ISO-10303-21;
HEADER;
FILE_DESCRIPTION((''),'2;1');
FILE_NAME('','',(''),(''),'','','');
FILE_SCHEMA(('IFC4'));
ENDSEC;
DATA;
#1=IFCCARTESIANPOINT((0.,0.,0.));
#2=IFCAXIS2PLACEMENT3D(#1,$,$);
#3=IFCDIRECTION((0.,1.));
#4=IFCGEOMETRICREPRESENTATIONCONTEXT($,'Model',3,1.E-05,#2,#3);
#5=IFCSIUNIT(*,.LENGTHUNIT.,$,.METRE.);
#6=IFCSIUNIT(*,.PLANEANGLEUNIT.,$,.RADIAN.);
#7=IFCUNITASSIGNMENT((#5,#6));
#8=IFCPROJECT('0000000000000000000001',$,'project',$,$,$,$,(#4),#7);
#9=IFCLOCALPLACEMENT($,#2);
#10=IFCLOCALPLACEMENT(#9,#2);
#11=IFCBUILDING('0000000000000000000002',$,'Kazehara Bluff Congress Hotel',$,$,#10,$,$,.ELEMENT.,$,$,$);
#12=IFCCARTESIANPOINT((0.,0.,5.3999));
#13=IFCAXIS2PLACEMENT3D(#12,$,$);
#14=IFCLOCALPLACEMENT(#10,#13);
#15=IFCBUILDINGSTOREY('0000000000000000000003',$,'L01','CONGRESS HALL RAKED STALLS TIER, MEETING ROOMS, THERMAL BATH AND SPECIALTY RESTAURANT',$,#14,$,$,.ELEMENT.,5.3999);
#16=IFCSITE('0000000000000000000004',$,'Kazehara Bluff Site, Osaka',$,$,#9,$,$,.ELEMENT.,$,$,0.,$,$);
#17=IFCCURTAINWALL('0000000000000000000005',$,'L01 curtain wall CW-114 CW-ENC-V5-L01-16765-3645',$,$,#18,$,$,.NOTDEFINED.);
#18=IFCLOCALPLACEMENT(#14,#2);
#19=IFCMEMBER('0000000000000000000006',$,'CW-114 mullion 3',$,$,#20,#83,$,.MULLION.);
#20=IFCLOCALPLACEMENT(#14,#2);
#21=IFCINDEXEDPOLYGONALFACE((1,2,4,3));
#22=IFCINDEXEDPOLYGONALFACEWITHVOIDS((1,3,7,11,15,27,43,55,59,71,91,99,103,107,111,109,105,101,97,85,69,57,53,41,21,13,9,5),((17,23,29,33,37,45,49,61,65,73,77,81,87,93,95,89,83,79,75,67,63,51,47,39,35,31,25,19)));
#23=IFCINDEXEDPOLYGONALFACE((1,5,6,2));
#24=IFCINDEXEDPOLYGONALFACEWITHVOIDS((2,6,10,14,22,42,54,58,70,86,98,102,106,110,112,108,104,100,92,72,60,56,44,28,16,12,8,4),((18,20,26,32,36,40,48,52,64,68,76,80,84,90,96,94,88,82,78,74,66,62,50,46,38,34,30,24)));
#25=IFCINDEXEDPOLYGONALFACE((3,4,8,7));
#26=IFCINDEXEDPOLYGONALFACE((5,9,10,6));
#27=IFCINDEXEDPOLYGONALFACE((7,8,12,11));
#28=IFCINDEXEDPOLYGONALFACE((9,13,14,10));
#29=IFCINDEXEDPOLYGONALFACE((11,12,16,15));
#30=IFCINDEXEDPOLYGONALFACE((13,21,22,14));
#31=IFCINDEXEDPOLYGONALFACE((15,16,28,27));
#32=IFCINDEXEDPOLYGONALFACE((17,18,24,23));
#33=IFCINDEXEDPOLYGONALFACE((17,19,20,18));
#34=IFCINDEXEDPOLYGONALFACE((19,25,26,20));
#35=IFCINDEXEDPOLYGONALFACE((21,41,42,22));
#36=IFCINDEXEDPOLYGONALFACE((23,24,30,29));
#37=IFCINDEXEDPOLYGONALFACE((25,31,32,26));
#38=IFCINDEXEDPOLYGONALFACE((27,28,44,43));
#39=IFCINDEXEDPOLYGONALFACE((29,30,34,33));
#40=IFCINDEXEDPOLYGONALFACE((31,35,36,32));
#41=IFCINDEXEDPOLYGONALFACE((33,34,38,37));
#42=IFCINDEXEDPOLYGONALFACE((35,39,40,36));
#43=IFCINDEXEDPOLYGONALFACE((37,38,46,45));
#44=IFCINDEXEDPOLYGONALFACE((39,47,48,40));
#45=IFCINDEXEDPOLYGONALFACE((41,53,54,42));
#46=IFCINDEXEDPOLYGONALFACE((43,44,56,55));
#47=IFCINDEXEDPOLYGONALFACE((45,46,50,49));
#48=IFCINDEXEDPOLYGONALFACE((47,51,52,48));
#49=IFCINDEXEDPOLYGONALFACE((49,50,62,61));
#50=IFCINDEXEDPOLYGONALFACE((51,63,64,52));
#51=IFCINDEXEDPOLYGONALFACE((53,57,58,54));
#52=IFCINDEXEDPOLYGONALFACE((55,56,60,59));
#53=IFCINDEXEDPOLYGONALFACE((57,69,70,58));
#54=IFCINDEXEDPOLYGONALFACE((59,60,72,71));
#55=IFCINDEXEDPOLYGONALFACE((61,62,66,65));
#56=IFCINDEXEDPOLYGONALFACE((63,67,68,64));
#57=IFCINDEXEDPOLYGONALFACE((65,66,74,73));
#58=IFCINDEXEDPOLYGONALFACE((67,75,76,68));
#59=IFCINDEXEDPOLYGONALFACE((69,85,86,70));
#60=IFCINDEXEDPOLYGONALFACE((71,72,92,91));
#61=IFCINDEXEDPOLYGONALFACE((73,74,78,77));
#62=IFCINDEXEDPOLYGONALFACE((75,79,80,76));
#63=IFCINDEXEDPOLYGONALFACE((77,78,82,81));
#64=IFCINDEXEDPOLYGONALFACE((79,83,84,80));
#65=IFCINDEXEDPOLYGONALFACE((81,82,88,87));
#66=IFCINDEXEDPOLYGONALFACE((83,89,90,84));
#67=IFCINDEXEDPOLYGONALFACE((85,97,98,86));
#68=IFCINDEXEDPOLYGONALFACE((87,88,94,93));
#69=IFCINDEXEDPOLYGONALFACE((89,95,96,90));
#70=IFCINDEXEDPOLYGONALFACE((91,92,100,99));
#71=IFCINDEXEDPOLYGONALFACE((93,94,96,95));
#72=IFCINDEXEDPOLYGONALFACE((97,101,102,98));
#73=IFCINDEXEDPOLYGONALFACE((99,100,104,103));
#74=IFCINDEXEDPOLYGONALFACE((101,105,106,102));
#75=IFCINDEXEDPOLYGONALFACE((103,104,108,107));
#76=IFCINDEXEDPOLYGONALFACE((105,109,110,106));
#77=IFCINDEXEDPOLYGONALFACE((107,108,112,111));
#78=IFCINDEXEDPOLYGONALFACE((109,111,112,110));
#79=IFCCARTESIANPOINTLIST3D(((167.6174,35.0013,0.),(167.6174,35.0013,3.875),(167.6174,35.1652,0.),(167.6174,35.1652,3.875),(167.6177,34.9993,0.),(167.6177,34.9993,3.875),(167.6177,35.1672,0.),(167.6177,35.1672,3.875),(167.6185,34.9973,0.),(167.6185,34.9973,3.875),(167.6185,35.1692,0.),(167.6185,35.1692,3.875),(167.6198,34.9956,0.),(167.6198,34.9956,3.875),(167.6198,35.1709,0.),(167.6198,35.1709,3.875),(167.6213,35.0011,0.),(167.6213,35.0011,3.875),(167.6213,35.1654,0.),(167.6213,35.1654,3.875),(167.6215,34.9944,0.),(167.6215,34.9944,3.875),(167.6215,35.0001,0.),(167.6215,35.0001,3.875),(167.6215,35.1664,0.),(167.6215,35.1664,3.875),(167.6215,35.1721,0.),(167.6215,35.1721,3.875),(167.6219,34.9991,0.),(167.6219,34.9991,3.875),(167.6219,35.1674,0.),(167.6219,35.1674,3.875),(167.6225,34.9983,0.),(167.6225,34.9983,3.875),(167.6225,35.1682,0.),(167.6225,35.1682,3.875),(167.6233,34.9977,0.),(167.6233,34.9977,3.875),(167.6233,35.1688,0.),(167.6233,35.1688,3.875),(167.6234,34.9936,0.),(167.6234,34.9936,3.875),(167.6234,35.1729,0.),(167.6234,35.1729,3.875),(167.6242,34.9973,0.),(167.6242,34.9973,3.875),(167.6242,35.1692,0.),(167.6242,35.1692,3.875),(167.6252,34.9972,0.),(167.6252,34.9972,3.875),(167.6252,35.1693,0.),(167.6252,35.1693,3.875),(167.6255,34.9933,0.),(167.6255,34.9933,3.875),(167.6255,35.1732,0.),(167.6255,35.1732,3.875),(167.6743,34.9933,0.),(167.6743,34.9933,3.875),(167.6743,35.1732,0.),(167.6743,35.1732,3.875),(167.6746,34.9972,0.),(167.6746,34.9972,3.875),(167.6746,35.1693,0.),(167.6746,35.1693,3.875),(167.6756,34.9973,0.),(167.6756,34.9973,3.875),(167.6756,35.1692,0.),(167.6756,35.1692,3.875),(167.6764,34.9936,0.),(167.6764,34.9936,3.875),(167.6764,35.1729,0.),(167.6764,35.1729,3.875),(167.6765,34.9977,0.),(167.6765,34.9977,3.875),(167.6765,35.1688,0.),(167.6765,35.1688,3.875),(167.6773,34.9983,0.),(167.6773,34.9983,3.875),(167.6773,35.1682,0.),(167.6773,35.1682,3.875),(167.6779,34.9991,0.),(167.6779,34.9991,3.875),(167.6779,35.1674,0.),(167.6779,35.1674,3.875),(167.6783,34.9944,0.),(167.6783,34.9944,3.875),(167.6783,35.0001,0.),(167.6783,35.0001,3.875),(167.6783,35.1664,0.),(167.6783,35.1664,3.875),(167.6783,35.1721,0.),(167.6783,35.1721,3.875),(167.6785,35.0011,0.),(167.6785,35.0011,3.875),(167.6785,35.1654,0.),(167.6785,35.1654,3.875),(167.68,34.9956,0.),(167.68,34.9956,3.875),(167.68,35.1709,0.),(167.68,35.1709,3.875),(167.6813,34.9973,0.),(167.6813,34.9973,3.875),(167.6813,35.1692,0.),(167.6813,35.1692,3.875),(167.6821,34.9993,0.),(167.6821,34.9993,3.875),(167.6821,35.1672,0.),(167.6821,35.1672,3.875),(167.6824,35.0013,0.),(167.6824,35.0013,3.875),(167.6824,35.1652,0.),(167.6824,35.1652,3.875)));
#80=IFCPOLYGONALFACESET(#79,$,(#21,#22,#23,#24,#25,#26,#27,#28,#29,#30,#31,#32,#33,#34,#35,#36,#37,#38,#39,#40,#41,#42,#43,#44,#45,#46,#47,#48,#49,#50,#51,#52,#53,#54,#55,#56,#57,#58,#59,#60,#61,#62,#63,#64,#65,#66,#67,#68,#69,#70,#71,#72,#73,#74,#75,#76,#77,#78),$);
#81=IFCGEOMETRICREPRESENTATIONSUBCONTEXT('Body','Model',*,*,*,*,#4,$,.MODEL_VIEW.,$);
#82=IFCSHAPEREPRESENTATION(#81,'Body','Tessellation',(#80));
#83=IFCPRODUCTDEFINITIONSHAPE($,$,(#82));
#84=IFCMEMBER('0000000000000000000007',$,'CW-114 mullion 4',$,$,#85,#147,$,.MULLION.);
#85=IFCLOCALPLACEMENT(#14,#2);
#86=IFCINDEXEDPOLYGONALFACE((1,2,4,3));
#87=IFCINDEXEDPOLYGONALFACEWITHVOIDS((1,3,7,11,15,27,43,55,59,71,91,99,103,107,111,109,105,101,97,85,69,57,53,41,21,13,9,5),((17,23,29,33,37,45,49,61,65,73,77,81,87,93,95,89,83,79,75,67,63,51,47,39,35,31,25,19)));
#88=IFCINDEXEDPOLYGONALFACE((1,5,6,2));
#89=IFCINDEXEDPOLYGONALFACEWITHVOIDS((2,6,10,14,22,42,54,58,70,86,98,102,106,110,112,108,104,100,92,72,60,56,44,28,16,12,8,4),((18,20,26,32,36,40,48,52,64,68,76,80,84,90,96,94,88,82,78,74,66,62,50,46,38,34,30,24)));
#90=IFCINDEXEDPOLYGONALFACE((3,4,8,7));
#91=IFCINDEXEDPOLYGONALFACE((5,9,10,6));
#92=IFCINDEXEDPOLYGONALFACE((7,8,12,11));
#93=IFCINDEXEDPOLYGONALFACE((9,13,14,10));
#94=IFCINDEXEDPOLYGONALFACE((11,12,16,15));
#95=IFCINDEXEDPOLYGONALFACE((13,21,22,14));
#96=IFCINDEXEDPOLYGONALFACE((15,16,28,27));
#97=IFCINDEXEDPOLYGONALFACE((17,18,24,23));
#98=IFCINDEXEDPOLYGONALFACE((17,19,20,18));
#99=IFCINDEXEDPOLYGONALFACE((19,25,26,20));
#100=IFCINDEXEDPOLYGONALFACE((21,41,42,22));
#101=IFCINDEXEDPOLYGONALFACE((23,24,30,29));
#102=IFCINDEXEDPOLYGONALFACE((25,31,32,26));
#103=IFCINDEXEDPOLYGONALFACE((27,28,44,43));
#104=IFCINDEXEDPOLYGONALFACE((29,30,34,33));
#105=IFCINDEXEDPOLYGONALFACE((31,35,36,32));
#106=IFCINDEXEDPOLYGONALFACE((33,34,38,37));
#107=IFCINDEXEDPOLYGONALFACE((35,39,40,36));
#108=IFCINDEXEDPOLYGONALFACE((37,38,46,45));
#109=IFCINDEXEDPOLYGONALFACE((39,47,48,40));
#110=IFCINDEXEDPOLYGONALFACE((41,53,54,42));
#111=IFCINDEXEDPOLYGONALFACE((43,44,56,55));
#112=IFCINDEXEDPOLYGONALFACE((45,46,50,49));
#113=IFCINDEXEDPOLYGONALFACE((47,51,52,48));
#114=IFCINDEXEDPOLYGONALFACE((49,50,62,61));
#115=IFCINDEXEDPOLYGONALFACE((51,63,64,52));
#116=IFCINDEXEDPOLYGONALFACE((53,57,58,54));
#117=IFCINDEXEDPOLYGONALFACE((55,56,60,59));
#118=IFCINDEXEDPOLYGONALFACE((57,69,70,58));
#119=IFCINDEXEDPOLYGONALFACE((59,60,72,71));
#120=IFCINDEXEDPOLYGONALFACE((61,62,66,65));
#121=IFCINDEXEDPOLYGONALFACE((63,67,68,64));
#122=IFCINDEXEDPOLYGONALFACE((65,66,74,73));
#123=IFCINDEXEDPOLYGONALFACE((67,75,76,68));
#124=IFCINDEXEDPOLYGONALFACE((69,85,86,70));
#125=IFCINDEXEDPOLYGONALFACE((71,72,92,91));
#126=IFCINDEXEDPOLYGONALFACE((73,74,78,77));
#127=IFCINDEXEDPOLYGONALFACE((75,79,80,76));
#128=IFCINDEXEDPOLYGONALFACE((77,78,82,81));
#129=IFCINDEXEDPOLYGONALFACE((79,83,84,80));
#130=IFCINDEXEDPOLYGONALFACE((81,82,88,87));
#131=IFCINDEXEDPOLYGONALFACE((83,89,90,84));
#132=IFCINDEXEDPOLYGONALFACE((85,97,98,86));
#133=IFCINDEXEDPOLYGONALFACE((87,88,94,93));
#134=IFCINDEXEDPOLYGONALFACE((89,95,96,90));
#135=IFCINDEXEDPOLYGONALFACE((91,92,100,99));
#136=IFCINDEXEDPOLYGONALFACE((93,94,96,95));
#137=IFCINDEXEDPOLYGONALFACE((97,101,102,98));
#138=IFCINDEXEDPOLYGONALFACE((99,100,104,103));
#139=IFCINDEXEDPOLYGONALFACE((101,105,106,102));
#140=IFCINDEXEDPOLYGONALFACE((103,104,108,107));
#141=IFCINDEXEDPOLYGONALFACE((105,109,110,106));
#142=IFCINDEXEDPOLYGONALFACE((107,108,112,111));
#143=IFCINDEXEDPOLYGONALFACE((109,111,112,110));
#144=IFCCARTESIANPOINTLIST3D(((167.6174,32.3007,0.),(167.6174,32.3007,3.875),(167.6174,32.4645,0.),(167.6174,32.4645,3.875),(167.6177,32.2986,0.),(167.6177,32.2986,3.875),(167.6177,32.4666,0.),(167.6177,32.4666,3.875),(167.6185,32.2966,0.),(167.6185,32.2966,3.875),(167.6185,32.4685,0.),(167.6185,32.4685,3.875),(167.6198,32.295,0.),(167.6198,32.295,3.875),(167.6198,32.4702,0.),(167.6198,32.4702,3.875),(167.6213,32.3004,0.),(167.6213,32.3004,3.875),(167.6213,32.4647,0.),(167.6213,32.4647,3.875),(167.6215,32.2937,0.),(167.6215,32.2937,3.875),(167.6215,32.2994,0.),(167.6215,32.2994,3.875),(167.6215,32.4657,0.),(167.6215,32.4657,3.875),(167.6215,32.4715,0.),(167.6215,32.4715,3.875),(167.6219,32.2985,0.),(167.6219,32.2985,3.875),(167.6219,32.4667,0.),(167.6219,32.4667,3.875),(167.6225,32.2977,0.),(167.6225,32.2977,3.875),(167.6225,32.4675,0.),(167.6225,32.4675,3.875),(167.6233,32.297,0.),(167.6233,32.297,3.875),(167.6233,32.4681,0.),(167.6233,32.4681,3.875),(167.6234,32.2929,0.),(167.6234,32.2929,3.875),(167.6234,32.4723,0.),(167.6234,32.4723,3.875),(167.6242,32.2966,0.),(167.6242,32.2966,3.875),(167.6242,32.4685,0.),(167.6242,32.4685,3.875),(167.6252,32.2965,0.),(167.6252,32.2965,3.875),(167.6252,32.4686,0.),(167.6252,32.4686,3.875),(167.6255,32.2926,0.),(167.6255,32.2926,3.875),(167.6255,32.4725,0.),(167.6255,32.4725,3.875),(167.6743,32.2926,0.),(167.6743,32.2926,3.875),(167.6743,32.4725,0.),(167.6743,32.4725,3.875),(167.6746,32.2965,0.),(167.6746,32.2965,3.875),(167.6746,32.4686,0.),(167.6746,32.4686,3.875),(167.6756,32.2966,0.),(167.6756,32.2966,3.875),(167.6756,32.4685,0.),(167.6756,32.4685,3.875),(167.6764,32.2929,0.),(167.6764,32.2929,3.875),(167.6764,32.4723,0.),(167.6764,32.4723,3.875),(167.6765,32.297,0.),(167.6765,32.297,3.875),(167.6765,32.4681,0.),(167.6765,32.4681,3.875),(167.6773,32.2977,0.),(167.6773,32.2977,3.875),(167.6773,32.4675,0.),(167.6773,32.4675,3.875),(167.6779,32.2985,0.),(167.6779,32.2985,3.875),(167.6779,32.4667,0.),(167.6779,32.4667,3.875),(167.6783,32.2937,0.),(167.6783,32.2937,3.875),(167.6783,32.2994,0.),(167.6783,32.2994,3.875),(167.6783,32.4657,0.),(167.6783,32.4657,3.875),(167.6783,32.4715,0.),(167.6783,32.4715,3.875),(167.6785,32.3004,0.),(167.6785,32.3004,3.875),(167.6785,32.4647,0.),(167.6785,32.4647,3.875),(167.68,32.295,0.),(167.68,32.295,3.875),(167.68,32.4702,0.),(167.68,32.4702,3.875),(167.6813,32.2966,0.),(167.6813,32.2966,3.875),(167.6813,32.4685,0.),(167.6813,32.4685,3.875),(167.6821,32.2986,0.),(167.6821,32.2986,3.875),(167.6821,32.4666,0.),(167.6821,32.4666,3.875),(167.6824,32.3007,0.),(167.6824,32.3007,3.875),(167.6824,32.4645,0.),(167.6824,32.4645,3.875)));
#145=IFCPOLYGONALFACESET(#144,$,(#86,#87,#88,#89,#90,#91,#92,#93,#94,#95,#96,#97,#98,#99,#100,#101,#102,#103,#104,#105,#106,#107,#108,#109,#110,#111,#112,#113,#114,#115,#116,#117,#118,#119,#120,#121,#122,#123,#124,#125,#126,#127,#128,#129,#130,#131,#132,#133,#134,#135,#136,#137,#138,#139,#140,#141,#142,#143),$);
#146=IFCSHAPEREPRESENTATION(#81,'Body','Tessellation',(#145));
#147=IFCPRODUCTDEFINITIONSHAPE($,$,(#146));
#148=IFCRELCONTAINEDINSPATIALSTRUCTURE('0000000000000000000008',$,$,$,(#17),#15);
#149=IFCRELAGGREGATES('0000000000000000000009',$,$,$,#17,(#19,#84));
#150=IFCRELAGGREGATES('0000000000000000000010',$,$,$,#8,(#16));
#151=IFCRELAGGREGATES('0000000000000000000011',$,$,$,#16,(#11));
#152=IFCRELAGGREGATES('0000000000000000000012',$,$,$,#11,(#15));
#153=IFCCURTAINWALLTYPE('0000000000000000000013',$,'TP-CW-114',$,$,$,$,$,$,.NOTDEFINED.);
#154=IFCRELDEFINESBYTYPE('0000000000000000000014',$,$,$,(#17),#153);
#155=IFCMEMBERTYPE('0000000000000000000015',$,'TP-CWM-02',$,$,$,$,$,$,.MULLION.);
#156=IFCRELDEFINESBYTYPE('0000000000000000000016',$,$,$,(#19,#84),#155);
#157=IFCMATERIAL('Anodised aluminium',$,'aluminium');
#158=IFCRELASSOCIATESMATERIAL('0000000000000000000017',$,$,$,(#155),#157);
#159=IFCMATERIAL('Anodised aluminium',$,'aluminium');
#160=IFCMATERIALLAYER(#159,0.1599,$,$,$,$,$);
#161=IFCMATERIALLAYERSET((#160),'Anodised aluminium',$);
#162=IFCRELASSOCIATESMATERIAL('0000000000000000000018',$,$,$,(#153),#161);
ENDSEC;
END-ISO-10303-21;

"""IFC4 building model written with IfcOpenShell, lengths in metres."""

from ifc_helpers import new_model, si_unit, direction, frame, origin, origin_2d, place, context, subcontext, project, spatial, hollow_rectangle, extrude, material, layer, layer_set, material_profile, profile_set, type_object, element, aggregate, save


model = new_model("IFC4")

# Units and contexts
model_context = context("Model", 3, precision=1e-05, world=origin(), true_north=direction((0.0, 1.0)))
body_context = subcontext(model_context, "Body", "Model", "MODEL_VIEW")
ifc_project = project(units=[si_unit("LENGTHUNIT", "METRE"), si_unit("PLANEANGLEUNIT", "RADIAN")], contexts=[model_context])

# Site, building, storey
site_placement = place(None, origin())
site = spatial("IfcSite", under=ifc_project, at=site_placement, Name="Kazehara Bluff Site, Osaka", CompositionType="ELEMENT", RefElevation=0.0)
building_placement = place(site_placement, origin())
building = spatial("IfcBuilding", under=site, at=building_placement, Name="Kazehara Bluff Congress Hotel", CompositionType="ELEMENT")
storey_placement = place(building_placement, frame((0.0, 0.0, 5.3999)))
storey = spatial("IfcBuildingStorey", under=building, at=storey_placement, Name="L01", Description="CONGRESS HALL RAKED STALLS TIER, MEETING ROOMS, THERMAL BATH AND SPECIALTY RESTAURANT", CompositionType="ELEMENT", Elevation=5.3999)

# Curtain wall, members
ifc_material_1 = material(Name="Anodised aluminium", Category="aluminium")
ifc_material_profile_1 = material_profile(ifc_material_1, hollow_rectangle(XDim=0.0649, YDim=0.1799, WallThickness=0.0039, InnerFilletRadius=0.0039, OuterFilletRadius=0.0081, at=origin_2d()))
ifc_profile_set_1 = profile_set([ifc_material_profile_1], Name="Anodised aluminium")
member_type_1 = type_object("IfcMemberType", Name="TP-CWM-02", PredefinedType="MULLION", material=ifc_profile_set_1)
ifc_material_2 = material(Name="Anodised aluminium", Category="aluminium")
ifc_layer_1 = layer(ifc_material_2, 0.1599)
ifc_layer_set_1 = layer_set([ifc_layer_1], Name="Anodised aluminium")
curtain_wall_type_1 = type_object("IfcCurtainWallType", Name="TP-CW-114", PredefinedType="NOTDEFINED", material=ifc_layer_set_1)
curtain_wall_1_placement = place(storey_placement, origin())
curtain_wall_1 = element("IfcCurtainWall", 1, at=curtain_wall_1_placement, inside=storey, type_object=curtain_wall_type_1, Name="L01 curtain wall CW-114 CW-ENC-V5-L01-16765-3645", PredefinedType="NOTDEFINED")
member_1_placement = place(storey_placement, frame((167.6499, 35.0833, 0.0), z_axis=(0.0, 0.0, 1.0), x_axis=(1.0, 0.0, 0.0)))
member_1 = element("IfcMember", 2, at=member_1_placement, type_object=member_type_1, Name="CW-114 mullion 3", PredefinedType="MULLION", context=body_context, shape_type="SweptSolid", body=[
    extrude(hollow_rectangle(XDim=0.0649, YDim=0.1799, WallThickness=0.0039, InnerFilletRadius=0.0039, OuterFilletRadius=0.0081, at=origin_2d()), origin(), (0.0, 0.0, 1.0), 3.875),
])
member_2_placement = place(storey_placement, frame((167.6499, 32.3826, 0.0), z_axis=(0.0, 0.0, 1.0), x_axis=(1.0, 0.0, 0.0)))
member_2 = element("IfcMember", 3, at=member_2_placement, type_object=member_type_1, Name="CW-114 mullion 4", PredefinedType="MULLION", context=body_context, shape_type="SweptSolid", body=[
    extrude(hollow_rectangle(XDim=0.0649, YDim=0.1799, WallThickness=0.0039, InnerFilletRadius=0.0039, OuterFilletRadius=0.0081, at=origin_2d()), origin(), (0.0, 0.0, 1.0), 3.875),
])

aggregate(curtain_wall_1, [member_1, member_2])

save(model, "model.ifc")
